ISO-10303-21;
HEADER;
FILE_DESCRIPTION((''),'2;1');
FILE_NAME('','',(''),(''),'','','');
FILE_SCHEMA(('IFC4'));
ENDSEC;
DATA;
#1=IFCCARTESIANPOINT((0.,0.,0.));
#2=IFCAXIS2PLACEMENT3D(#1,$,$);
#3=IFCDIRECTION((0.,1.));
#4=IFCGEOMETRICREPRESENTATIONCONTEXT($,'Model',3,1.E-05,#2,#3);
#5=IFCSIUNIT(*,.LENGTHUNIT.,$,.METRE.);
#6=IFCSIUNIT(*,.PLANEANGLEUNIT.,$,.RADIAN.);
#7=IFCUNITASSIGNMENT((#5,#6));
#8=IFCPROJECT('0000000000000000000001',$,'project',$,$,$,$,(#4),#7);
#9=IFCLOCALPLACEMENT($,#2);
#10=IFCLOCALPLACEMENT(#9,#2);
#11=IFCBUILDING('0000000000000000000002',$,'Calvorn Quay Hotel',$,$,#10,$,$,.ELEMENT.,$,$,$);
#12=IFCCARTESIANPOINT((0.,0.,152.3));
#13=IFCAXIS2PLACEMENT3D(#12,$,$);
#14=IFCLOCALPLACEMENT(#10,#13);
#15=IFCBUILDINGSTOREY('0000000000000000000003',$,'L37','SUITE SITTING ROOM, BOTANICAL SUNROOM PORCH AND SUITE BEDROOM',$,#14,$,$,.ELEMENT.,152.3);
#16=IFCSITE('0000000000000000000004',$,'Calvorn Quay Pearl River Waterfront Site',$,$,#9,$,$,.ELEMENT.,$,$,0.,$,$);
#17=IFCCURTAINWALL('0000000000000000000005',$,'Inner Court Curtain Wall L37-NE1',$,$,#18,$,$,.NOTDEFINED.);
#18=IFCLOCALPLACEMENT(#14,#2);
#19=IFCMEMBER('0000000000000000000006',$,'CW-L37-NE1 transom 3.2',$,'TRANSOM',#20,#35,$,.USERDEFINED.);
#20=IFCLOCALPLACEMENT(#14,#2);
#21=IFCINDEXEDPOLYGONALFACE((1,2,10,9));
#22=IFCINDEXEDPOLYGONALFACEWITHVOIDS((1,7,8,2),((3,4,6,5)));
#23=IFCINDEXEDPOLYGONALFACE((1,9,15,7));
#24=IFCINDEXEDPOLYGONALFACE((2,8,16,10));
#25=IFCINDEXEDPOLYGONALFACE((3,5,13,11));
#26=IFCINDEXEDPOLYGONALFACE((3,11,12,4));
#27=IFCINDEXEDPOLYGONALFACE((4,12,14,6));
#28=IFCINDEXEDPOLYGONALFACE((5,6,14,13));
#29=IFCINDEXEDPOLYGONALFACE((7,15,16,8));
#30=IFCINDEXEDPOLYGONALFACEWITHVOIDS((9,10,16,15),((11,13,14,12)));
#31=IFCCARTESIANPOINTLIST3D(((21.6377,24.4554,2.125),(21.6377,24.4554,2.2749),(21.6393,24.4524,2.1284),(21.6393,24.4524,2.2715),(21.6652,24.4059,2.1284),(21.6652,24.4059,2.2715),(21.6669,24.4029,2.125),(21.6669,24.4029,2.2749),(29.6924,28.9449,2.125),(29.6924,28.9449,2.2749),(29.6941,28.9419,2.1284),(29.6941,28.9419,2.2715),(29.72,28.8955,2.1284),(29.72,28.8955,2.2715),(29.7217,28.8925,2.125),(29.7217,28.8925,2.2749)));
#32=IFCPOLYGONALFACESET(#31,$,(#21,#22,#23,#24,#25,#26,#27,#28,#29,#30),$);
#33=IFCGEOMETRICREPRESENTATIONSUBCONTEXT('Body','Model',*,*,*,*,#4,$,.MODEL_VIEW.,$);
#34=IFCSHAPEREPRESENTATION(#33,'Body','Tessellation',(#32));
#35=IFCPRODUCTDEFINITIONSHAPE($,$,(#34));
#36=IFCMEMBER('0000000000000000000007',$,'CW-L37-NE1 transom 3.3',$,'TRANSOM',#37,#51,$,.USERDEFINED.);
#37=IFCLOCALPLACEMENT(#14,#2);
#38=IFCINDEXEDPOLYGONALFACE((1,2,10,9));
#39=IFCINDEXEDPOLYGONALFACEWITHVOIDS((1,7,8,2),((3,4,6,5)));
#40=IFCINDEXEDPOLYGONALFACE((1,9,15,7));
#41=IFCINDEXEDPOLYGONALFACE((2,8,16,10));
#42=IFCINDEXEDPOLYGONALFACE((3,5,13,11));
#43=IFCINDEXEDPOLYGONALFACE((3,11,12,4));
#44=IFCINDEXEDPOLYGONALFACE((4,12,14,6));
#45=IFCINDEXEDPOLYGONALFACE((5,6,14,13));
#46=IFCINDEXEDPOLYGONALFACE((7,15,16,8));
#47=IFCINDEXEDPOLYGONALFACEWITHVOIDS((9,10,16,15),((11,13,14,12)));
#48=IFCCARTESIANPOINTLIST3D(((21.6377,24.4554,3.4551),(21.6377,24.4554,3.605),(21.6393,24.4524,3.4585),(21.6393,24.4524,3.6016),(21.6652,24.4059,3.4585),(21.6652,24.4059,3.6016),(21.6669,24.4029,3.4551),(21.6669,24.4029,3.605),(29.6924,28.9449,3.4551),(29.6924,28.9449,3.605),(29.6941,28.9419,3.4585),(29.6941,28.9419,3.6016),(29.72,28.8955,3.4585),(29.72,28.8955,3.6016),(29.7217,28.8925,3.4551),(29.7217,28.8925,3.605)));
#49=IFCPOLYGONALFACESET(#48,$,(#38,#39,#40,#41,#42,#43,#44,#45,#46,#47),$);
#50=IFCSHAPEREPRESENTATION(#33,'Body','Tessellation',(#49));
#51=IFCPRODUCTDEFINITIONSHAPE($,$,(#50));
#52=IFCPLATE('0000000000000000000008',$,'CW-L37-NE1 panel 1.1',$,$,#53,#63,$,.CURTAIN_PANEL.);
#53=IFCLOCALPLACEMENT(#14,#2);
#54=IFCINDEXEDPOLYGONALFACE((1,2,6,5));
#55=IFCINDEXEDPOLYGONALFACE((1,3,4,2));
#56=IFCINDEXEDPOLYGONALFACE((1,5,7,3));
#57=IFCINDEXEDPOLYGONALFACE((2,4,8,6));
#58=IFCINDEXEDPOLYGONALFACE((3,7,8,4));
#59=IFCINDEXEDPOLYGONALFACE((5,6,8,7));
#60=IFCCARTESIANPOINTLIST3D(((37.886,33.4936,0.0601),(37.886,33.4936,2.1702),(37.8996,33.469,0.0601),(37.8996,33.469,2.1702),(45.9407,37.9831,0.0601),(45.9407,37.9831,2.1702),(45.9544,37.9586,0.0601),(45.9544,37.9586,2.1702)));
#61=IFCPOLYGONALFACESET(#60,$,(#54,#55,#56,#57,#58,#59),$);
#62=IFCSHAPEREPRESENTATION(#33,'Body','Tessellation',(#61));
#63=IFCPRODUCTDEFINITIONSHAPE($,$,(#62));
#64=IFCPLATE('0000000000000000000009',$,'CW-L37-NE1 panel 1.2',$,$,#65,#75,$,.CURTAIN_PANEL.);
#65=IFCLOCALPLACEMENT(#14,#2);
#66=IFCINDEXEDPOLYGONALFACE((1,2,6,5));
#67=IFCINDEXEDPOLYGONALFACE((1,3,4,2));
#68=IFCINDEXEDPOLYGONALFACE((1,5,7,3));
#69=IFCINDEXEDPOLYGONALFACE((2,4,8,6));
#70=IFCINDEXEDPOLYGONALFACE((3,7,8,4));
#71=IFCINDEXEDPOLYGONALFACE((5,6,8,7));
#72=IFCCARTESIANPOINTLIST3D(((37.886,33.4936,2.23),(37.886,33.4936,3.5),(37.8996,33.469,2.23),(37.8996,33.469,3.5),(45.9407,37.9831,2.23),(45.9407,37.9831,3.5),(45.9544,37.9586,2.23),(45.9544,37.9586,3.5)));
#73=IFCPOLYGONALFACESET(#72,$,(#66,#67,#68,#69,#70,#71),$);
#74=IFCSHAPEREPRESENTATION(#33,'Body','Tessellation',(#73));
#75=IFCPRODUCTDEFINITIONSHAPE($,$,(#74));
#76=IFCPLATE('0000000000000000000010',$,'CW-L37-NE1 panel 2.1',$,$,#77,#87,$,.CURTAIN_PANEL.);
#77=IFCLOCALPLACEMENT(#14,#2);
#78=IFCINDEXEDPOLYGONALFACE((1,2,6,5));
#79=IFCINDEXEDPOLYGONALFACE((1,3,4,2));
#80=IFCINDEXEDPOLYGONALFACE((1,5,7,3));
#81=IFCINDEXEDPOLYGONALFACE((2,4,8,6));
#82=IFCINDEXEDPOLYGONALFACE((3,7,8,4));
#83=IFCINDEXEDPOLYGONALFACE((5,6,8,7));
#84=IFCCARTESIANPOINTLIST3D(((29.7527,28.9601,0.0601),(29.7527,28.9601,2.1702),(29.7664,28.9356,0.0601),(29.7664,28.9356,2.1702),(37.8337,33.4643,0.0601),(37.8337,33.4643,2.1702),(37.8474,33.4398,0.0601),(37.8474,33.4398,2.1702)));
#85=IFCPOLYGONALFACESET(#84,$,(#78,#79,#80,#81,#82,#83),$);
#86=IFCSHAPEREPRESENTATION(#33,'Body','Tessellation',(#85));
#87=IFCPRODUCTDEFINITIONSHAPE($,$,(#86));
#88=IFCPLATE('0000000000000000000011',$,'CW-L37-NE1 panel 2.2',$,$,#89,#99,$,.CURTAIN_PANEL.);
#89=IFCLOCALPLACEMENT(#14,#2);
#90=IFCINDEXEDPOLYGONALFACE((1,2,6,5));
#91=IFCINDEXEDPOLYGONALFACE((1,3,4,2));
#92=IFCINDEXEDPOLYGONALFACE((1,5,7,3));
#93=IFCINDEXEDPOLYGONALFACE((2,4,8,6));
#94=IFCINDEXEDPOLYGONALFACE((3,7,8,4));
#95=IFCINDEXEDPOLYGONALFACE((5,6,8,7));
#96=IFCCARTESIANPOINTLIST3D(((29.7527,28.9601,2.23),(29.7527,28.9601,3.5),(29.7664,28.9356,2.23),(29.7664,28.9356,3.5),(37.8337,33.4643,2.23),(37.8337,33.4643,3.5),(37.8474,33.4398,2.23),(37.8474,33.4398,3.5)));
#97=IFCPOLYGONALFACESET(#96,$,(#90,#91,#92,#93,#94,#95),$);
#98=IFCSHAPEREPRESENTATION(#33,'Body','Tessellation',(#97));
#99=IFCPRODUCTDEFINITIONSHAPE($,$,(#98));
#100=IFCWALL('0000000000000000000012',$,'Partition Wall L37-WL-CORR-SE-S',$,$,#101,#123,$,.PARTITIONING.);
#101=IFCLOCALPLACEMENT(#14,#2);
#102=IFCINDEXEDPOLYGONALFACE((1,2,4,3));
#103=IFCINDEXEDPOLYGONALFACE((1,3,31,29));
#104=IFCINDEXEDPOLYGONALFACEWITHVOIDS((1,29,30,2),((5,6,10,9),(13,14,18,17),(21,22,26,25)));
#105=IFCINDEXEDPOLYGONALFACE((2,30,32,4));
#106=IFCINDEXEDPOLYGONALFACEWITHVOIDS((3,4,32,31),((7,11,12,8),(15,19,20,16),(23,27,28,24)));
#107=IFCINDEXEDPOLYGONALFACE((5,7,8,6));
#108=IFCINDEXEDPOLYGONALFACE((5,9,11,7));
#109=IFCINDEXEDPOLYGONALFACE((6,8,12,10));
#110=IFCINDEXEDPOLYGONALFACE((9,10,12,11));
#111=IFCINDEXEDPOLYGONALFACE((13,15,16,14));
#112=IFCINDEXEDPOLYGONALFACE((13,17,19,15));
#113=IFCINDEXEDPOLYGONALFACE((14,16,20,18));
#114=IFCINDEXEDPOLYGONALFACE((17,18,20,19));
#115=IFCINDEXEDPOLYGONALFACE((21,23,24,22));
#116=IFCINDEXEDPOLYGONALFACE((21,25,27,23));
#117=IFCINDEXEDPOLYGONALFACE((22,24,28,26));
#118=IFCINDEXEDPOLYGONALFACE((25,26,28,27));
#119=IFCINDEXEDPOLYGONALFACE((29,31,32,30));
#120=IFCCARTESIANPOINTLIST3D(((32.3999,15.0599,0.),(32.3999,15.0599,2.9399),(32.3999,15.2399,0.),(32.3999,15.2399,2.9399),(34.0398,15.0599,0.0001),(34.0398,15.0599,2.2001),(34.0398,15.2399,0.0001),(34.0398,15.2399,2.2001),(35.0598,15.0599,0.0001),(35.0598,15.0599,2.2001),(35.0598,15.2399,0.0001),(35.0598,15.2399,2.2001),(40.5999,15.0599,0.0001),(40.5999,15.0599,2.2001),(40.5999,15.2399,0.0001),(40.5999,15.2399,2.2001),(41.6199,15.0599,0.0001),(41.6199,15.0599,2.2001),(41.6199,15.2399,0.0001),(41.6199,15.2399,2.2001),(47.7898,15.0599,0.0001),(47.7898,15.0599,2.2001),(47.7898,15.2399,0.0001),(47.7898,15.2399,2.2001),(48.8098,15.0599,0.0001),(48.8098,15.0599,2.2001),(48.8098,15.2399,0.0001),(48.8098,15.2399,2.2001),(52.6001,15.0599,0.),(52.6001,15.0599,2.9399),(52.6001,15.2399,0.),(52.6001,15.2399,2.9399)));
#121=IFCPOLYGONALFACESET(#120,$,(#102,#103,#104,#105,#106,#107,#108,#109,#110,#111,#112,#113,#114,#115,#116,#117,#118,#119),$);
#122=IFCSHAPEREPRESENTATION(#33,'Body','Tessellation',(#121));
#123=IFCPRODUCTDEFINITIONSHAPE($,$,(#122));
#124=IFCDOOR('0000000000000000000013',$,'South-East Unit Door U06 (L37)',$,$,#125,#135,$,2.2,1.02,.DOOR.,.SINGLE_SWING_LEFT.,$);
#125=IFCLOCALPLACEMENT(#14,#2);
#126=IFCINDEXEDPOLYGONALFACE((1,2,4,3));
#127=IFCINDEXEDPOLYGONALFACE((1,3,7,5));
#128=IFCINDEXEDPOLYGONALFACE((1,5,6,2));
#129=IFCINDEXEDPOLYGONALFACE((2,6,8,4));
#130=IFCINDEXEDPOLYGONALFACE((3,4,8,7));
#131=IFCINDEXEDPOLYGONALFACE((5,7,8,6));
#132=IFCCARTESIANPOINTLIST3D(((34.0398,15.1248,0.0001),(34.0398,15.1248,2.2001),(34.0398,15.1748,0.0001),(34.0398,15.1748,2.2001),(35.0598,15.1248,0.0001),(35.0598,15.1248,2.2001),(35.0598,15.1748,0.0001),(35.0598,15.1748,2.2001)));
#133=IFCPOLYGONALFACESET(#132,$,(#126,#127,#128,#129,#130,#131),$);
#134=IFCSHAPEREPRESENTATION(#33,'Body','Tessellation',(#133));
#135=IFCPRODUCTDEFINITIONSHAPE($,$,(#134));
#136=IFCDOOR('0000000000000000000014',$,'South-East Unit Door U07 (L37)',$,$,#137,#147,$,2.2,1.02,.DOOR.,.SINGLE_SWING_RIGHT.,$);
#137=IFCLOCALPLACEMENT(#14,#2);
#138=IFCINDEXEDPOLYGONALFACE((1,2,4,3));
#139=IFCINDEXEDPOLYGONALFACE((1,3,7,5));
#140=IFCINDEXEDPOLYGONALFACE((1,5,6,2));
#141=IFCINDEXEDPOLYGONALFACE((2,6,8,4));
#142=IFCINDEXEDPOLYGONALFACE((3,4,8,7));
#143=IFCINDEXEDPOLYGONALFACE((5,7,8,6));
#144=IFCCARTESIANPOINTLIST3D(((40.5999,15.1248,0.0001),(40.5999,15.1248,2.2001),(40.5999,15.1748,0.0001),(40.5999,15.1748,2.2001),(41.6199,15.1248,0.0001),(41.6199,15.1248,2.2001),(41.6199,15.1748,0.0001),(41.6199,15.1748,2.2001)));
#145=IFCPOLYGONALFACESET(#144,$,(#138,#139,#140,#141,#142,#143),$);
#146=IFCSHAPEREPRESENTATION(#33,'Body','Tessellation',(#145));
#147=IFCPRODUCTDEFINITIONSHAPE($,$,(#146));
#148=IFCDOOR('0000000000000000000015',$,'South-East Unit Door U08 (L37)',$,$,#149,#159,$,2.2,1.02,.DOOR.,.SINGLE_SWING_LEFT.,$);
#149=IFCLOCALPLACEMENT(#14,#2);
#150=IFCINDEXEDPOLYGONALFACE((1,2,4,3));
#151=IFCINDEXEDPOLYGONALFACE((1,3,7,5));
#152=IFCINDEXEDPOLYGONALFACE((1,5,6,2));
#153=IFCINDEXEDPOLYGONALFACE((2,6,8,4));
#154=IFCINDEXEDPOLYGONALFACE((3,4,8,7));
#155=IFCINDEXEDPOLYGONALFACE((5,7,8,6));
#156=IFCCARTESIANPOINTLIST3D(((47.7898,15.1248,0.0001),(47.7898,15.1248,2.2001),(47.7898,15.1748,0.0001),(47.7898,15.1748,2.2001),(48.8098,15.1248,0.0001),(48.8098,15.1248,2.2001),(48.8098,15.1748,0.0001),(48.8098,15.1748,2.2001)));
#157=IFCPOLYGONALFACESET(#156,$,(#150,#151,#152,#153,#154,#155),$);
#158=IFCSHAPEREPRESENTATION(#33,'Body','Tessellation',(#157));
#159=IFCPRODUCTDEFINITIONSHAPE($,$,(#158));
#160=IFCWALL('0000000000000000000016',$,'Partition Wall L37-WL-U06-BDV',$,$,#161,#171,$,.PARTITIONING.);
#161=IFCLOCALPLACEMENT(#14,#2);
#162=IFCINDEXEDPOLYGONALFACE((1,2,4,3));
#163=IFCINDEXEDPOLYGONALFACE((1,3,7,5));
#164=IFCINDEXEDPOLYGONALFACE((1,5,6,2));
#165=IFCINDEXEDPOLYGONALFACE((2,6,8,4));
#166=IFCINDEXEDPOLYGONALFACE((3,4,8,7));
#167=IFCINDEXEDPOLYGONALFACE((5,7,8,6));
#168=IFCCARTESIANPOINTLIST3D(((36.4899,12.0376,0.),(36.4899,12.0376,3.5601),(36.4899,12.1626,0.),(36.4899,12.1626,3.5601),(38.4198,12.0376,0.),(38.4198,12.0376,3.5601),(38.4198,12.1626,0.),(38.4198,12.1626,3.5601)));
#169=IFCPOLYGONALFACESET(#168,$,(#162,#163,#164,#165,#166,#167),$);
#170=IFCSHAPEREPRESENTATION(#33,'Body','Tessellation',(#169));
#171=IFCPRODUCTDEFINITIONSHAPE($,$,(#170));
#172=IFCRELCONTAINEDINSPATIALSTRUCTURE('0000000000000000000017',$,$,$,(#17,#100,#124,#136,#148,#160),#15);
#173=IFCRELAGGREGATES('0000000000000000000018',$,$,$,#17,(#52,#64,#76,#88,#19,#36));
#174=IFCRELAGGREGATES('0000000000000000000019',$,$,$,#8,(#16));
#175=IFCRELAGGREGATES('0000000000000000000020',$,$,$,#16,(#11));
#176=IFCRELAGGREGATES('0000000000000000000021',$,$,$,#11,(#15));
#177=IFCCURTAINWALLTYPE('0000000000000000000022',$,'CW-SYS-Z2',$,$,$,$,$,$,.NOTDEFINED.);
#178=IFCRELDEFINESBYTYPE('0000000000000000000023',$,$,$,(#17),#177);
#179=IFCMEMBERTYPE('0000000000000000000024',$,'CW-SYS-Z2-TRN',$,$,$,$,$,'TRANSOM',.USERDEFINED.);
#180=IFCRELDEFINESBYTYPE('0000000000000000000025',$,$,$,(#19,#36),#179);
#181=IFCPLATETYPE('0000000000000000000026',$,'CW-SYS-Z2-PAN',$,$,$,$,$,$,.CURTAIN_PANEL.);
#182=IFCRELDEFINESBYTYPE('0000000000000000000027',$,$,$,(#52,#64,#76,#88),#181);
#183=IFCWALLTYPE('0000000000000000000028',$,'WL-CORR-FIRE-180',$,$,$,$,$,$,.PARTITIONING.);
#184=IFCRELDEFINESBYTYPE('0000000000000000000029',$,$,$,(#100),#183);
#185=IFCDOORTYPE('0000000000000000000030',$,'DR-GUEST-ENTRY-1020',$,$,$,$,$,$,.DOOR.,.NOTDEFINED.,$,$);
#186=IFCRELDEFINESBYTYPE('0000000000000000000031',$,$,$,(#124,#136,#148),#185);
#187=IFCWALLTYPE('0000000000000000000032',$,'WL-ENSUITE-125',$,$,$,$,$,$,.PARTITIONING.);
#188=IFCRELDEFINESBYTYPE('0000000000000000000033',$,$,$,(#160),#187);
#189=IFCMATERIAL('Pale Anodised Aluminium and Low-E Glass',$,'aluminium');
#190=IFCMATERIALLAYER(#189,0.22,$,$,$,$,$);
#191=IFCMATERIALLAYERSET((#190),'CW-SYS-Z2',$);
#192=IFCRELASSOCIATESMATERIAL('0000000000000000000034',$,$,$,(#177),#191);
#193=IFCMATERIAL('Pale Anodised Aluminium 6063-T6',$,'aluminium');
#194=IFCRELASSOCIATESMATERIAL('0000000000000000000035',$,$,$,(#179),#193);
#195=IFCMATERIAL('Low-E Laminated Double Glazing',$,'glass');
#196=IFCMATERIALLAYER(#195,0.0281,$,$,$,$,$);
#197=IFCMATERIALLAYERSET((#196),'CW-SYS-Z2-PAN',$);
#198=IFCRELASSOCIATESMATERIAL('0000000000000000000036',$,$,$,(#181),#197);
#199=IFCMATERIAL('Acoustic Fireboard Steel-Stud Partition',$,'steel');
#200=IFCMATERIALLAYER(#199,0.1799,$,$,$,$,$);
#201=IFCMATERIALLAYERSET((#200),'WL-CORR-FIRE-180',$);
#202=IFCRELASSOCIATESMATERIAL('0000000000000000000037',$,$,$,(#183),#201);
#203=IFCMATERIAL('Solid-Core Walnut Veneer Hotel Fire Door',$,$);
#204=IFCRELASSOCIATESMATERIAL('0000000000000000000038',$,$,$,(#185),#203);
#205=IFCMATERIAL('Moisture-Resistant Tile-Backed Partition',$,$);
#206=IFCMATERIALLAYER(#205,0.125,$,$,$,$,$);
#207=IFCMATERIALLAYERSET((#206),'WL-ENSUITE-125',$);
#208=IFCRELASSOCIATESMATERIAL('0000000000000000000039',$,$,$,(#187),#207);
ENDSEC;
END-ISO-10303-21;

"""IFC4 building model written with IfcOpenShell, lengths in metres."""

from ifc_helpers import new_model, si_unit, direction, frame, frame_2d, origin, origin_2d, place, context, subcontext, project, spatial, rectangle, hollow_rectangle, extrude, material, layer, layer_set, material_profile, profile_set, type_object, element, fill, aggregate, save


model = new_model("IFC4")

# Units and contexts
model_context = context("Model", 3, precision=1e-05, world=origin(), true_north=direction((0.0, 1.0)))
body_context = subcontext(model_context, "Body", "Model", "MODEL_VIEW")
ifc_project = project(units=[si_unit("LENGTHUNIT", "METRE"), si_unit("PLANEANGLEUNIT", "RADIAN")], contexts=[model_context])

# Site, building, storey
site_placement = place(None, origin())
site = spatial("IfcSite", under=ifc_project, at=site_placement, Name="Calvorn Quay Pearl River Waterfront Site", CompositionType="ELEMENT", RefElevation=0.0)
building_placement = place(site_placement, origin())
building = spatial("IfcBuilding", under=site, at=building_placement, Name="Calvorn Quay Hotel", CompositionType="ELEMENT")
storey_placement = place(building_placement, frame((0.0, 0.0, 152.3)))
storey = spatial("IfcBuildingStorey", under=building, at=storey_placement, Name="L37", Description="SUITE SITTING ROOM, BOTANICAL SUNROOM PORCH AND SUITE BEDROOM", CompositionType="ELEMENT", Elevation=152.3)

# Curtain wall, members, plates
ifc_material_1 = material(Name="Pale Anodised Aluminium and Low-E Glass", Category="aluminium")
ifc_layer_1 = layer(ifc_material_1, 0.22)
ifc_layer_set_1 = layer_set([ifc_layer_1], Name="CW-SYS-Z2")
curtain_wall_type = type_object("IfcCurtainWallType", Name="CW-SYS-Z2", PredefinedType="NOTDEFINED", material=ifc_layer_set_1)
curtain_wall_placement = place(storey_placement, origin())
curtain_wall = element("IfcCurtainWall", 1, at=curtain_wall_placement, inside=storey, type_object=curtain_wall_type, Name="Inner Court Curtain Wall L37-NE1", PredefinedType="NOTDEFINED")
ifc_material_2 = material(Name="Pale Anodised Aluminium 6063-T6", Category="aluminium")
ifc_material_profile_1 = material_profile(ifc_material_2, hollow_rectangle(XDim=0.0601, YDim=0.1499, WallThickness=0.0034, at=origin_2d()), Name="ALU-T150x60x3.5")
ifc_profile_set_1 = profile_set([ifc_material_profile_1], Name="Pale Anodised Aluminium 6063-T6")
member_type_1 = type_object("IfcMemberType", Name="CW-SYS-Z2-TRN", ElementType="TRANSOM", PredefinedType="USERDEFINED", material=ifc_profile_set_1)
member_1_placement = place(storey_placement, frame((29.707, 28.9187, 2.2), z_axis=(-0.873481, -0.486859, 0.0), x_axis=(0.486859, -0.873481, 0.0)))
member_1 = element("IfcMember", 2, at=member_1_placement, type_object=member_type_1, Name="CW-L37-NE1 transom 3.2", ObjectType="TRANSOM", PredefinedType="USERDEFINED", context=body_context, shape_type="SweptSolid", body=[
    extrude(hollow_rectangle(XDim=0.0601, YDim=0.1499, WallThickness=0.0034, at=origin_2d()), origin(), (0.0, 0.0, 1.0), 9.2214),
])
member_2_placement = place(storey_placement, frame((29.707, 28.9187, 3.53), z_axis=(-0.873481, -0.486859, 0.0), x_axis=(0.486859, -0.873481, 0.0)))
member_2 = element("IfcMember", 3, at=member_2_placement, type_object=member_type_1, Name="CW-L37-NE1 transom 3.3", ObjectType="TRANSOM", PredefinedType="USERDEFINED", context=body_context, shape_type="SweptSolid", body=[
    extrude(hollow_rectangle(XDim=0.0601, YDim=0.1499, WallThickness=0.0034, at=origin_2d()), origin(), (0.0, 0.0, 1.0), 9.2214),
])
ifc_material_3 = material(Name="Low-E Laminated Double Glazing", Category="glass")
ifc_layer_2 = layer(ifc_material_3, 0.0281)
ifc_layer_set_2 = layer_set([ifc_layer_2], Name="CW-SYS-Z2-PAN")
plate_type = type_object("IfcPlateType", Name="CW-SYS-Z2-PAN", PredefinedType="CURTAIN_PANEL", material=ifc_layer_set_2)
plate_1_placement = place(storey_placement, frame((41.9202, 35.7261, 0.0601), z_axis=(0.0, 0.0, 1.0), x_axis=(-0.873481, -0.486858, 0.0)))
plate_1 = element("IfcPlate", 4, at=plate_1_placement, type_object=plate_type, Name="CW-L37-NE1 panel 1.1", PredefinedType="CURTAIN_PANEL", context=body_context, shape_type="SweptSolid", body=[
    extrude(rectangle(XDim=9.2214, YDim=0.0281, at=origin_2d()), origin(), (0.0, 0.0, 1.0), 2.1101),
])
plate_2_placement = place(storey_placement, frame((41.9202, 35.7261, 2.23), z_axis=(0.0, 0.0, 1.0), x_axis=(-0.873481, -0.486858, 0.0)))
plate_2 = element("IfcPlate", 5, at=plate_2_placement, type_object=plate_type, Name="CW-L37-NE1 panel 1.2", PredefinedType="CURTAIN_PANEL", context=body_context, shape_type="SweptSolid", body=[
    extrude(rectangle(XDim=9.2214, YDim=0.0281, at=origin_2d()), origin(), (0.0, 0.0, 1.0), 1.27),
])
plate_3_placement = place(storey_placement, frame((33.8, 31.2, 0.0601), z_axis=(0.0, 0.0, 1.0), x_axis=(-0.873481, -0.486858, 0.0)))
plate_3 = element("IfcPlate", 6, at=plate_3_placement, type_object=plate_type, Name="CW-L37-NE1 panel 2.1", PredefinedType="CURTAIN_PANEL", context=body_context, shape_type="SweptSolid", body=[
    extrude(rectangle(XDim=9.2515, YDim=0.0281, at=origin_2d()), origin(), (0.0, 0.0, 1.0), 2.1101),
])
plate_4_placement = place(storey_placement, frame((33.8, 31.2, 2.23), z_axis=(0.0, 0.0, 1.0), x_axis=(-0.873481, -0.486858, 0.0)))
plate_4 = element("IfcPlate", 7, at=plate_4_placement, type_object=plate_type, Name="CW-L37-NE1 panel 2.2", PredefinedType="CURTAIN_PANEL", context=body_context, shape_type="SweptSolid", body=[
    extrude(rectangle(XDim=9.2515, YDim=0.0281, at=origin_2d()), origin(), (0.0, 0.0, 1.0), 1.27),
])
aggregate(curtain_wall, [plate_1, plate_2, plate_3, plate_4, member_1, member_2])

# Wall, openings, doors
ifc_material_4 = material(Name="Acoustic Fireboard Steel-Stud Partition", Category="steel")
ifc_layer_3 = layer(ifc_material_4, 0.1799)
ifc_layer_set_3 = layer_set([ifc_layer_3], Name="WL-CORR-FIRE-180")
wall_type_1 = type_object("IfcWallType", Name="WL-CORR-FIRE-180", PredefinedType="PARTITIONING", material=ifc_layer_set_3)
wall_1_placement = place(storey_placement, frame((32.3999, 15.1499, 0.0), z_axis=(0.0, 0.0, 1.0), x_axis=(1.0, 0.0, 0.0)))
wall_1 = element("IfcWall", 8, at=wall_1_placement, inside=storey, type_object=wall_type_1, Name="Partition Wall L37-WL-CORR-SE-S", PredefinedType="PARTITIONING", context=body_context, shape_type="SweptSolid", body=[
    extrude(rectangle(XDim=20.2002, YDim=0.1799, at=frame_2d((10.1001, 0.0))), origin(), (0.0, 0.0, 1.0), 2.9399),
])
opening_1_placement = place(wall_1_placement, frame((1.6399, 0.0, 0.0)))
opening_1 = element("IfcOpeningElement", 9, at=opening_1_placement, cuts=wall_1, PredefinedType="OPENING", context=body_context, shape_type="SweptSolid", body=[
    extrude(rectangle(XDim=1.02, YDim=2.2, at=frame_2d((0.51, 1.1001))), frame((0.0, 0.0999, 0.0), z_axis=(0.0, -1.0, 0.0), x_axis=(1.0, 0.0, 0.0)), (0.0, 0.0, 1.0), 0.2),
])
opening_2_placement = place(wall_1_placement, frame((8.2, 0.0, 0.0)))
opening_2 = element("IfcOpeningElement", 10, at=opening_2_placement, cuts=wall_1, PredefinedType="OPENING", context=body_context, shape_type="SweptSolid", body=[
    extrude(rectangle(XDim=1.02, YDim=2.2, at=frame_2d((0.51, 1.1001))), frame((0.0, 0.0999, 0.0), z_axis=(0.0, -1.0, 0.0), x_axis=(1.0, 0.0, 0.0)), (0.0, 0.0, 1.0), 0.2),
])
opening_3_placement = place(wall_1_placement, frame((15.3899, 0.0, 0.0)))
opening_3 = element("IfcOpeningElement", 11, at=opening_3_placement, cuts=wall_1, PredefinedType="OPENING", context=body_context, shape_type="SweptSolid", body=[
    extrude(rectangle(XDim=1.02, YDim=2.2, at=frame_2d((0.51, 1.1001))), frame((0.0, 0.0999, 0.0), z_axis=(0.0, -1.0, 0.0), x_axis=(1.0, 0.0, 0.0)), (0.0, 0.0, 1.0), 0.2),
])
ifc_material_5 = material(Name="Solid-Core Walnut Veneer Hotel Fire Door")
door_type = type_object("IfcDoorType", Name="DR-GUEST-ENTRY-1020", OperationType="NOTDEFINED", PredefinedType="DOOR", material=ifc_material_5)
door_1_placement = place(opening_1_placement, origin())
door_1 = element("IfcDoor", 12, at=door_1_placement, inside=storey, type_object=door_type, Name="South-East Unit Door U06 (L37)", OperationType="SINGLE_SWING_LEFT", OverallHeight=2.2, OverallWidth=1.02, PredefinedType="DOOR", context=body_context, shape_type="SweptSolid", body=[
    extrude(rectangle(XDim=1.02, YDim=2.2, at=frame_2d((0.51, 1.1001))), frame((0.0, 0.0249, 0.0), z_axis=(0.0, -1.0, 0.0), x_axis=(1.0, 0.0, 0.0)), (0.0, 0.0, 1.0), 0.05),
])
fill(opening_1, door_1)
door_2_placement = place(opening_2_placement, origin())
door_2 = element("IfcDoor", 13, at=door_2_placement, inside=storey, type_object=door_type, Name="South-East Unit Door U07 (L37)", OperationType="SINGLE_SWING_RIGHT", OverallHeight=2.2, OverallWidth=1.02, PredefinedType="DOOR", context=body_context, shape_type="SweptSolid", body=[
    extrude(rectangle(XDim=1.02, YDim=2.2, at=frame_2d((0.51, 1.1001))), frame((0.0, 0.0249, 0.0), z_axis=(0.0, -1.0, 0.0), x_axis=(1.0, 0.0, 0.0)), (0.0, 0.0, 1.0), 0.05),
])
fill(opening_2, door_2)
door_3_placement = place(opening_3_placement, origin())
door_3 = element("IfcDoor", 14, at=door_3_placement, inside=storey, type_object=door_type, Name="South-East Unit Door U08 (L37)", OperationType="SINGLE_SWING_LEFT", OverallHeight=2.2, OverallWidth=1.02, PredefinedType="DOOR", context=body_context, shape_type="SweptSolid", body=[
    extrude(rectangle(XDim=1.02, YDim=2.2, at=frame_2d((0.51, 1.1001))), frame((0.0, 0.0249, 0.0), z_axis=(0.0, -1.0, 0.0), x_axis=(1.0, 0.0, 0.0)), (0.0, 0.0, 1.0), 0.05),
])
fill(opening_3, door_3)

# Wall
ifc_material_6 = material(Name="Moisture-Resistant Tile-Backed Partition")
ifc_layer_4 = layer(ifc_material_6, 0.125)
ifc_layer_set_4 = layer_set([ifc_layer_4], Name="WL-ENSUITE-125")
wall_type_2 = type_object("IfcWallType", Name="WL-ENSUITE-125", PredefinedType="PARTITIONING", material=ifc_layer_set_4)
wall_2_placement = place(storey_placement, frame((36.49, 12.1001, 0.0), z_axis=(0.0, 0.0, 1.0), x_axis=(1.0, 0.0, 0.0)))
element("IfcWall", 15, at=wall_2_placement, inside=storey, type_object=wall_type_2, Name="Partition Wall L37-WL-U06-BDV", PredefinedType="PARTITIONING", context=body_context, shape_type="SweptSolid", body=[
    extrude(rectangle(XDim=1.9299, YDim=0.125, at=frame_2d((0.9648, 0.0))), origin(), (0.0, 0.0, 1.0), 3.5601),
])

save(model, "model.ifc")
